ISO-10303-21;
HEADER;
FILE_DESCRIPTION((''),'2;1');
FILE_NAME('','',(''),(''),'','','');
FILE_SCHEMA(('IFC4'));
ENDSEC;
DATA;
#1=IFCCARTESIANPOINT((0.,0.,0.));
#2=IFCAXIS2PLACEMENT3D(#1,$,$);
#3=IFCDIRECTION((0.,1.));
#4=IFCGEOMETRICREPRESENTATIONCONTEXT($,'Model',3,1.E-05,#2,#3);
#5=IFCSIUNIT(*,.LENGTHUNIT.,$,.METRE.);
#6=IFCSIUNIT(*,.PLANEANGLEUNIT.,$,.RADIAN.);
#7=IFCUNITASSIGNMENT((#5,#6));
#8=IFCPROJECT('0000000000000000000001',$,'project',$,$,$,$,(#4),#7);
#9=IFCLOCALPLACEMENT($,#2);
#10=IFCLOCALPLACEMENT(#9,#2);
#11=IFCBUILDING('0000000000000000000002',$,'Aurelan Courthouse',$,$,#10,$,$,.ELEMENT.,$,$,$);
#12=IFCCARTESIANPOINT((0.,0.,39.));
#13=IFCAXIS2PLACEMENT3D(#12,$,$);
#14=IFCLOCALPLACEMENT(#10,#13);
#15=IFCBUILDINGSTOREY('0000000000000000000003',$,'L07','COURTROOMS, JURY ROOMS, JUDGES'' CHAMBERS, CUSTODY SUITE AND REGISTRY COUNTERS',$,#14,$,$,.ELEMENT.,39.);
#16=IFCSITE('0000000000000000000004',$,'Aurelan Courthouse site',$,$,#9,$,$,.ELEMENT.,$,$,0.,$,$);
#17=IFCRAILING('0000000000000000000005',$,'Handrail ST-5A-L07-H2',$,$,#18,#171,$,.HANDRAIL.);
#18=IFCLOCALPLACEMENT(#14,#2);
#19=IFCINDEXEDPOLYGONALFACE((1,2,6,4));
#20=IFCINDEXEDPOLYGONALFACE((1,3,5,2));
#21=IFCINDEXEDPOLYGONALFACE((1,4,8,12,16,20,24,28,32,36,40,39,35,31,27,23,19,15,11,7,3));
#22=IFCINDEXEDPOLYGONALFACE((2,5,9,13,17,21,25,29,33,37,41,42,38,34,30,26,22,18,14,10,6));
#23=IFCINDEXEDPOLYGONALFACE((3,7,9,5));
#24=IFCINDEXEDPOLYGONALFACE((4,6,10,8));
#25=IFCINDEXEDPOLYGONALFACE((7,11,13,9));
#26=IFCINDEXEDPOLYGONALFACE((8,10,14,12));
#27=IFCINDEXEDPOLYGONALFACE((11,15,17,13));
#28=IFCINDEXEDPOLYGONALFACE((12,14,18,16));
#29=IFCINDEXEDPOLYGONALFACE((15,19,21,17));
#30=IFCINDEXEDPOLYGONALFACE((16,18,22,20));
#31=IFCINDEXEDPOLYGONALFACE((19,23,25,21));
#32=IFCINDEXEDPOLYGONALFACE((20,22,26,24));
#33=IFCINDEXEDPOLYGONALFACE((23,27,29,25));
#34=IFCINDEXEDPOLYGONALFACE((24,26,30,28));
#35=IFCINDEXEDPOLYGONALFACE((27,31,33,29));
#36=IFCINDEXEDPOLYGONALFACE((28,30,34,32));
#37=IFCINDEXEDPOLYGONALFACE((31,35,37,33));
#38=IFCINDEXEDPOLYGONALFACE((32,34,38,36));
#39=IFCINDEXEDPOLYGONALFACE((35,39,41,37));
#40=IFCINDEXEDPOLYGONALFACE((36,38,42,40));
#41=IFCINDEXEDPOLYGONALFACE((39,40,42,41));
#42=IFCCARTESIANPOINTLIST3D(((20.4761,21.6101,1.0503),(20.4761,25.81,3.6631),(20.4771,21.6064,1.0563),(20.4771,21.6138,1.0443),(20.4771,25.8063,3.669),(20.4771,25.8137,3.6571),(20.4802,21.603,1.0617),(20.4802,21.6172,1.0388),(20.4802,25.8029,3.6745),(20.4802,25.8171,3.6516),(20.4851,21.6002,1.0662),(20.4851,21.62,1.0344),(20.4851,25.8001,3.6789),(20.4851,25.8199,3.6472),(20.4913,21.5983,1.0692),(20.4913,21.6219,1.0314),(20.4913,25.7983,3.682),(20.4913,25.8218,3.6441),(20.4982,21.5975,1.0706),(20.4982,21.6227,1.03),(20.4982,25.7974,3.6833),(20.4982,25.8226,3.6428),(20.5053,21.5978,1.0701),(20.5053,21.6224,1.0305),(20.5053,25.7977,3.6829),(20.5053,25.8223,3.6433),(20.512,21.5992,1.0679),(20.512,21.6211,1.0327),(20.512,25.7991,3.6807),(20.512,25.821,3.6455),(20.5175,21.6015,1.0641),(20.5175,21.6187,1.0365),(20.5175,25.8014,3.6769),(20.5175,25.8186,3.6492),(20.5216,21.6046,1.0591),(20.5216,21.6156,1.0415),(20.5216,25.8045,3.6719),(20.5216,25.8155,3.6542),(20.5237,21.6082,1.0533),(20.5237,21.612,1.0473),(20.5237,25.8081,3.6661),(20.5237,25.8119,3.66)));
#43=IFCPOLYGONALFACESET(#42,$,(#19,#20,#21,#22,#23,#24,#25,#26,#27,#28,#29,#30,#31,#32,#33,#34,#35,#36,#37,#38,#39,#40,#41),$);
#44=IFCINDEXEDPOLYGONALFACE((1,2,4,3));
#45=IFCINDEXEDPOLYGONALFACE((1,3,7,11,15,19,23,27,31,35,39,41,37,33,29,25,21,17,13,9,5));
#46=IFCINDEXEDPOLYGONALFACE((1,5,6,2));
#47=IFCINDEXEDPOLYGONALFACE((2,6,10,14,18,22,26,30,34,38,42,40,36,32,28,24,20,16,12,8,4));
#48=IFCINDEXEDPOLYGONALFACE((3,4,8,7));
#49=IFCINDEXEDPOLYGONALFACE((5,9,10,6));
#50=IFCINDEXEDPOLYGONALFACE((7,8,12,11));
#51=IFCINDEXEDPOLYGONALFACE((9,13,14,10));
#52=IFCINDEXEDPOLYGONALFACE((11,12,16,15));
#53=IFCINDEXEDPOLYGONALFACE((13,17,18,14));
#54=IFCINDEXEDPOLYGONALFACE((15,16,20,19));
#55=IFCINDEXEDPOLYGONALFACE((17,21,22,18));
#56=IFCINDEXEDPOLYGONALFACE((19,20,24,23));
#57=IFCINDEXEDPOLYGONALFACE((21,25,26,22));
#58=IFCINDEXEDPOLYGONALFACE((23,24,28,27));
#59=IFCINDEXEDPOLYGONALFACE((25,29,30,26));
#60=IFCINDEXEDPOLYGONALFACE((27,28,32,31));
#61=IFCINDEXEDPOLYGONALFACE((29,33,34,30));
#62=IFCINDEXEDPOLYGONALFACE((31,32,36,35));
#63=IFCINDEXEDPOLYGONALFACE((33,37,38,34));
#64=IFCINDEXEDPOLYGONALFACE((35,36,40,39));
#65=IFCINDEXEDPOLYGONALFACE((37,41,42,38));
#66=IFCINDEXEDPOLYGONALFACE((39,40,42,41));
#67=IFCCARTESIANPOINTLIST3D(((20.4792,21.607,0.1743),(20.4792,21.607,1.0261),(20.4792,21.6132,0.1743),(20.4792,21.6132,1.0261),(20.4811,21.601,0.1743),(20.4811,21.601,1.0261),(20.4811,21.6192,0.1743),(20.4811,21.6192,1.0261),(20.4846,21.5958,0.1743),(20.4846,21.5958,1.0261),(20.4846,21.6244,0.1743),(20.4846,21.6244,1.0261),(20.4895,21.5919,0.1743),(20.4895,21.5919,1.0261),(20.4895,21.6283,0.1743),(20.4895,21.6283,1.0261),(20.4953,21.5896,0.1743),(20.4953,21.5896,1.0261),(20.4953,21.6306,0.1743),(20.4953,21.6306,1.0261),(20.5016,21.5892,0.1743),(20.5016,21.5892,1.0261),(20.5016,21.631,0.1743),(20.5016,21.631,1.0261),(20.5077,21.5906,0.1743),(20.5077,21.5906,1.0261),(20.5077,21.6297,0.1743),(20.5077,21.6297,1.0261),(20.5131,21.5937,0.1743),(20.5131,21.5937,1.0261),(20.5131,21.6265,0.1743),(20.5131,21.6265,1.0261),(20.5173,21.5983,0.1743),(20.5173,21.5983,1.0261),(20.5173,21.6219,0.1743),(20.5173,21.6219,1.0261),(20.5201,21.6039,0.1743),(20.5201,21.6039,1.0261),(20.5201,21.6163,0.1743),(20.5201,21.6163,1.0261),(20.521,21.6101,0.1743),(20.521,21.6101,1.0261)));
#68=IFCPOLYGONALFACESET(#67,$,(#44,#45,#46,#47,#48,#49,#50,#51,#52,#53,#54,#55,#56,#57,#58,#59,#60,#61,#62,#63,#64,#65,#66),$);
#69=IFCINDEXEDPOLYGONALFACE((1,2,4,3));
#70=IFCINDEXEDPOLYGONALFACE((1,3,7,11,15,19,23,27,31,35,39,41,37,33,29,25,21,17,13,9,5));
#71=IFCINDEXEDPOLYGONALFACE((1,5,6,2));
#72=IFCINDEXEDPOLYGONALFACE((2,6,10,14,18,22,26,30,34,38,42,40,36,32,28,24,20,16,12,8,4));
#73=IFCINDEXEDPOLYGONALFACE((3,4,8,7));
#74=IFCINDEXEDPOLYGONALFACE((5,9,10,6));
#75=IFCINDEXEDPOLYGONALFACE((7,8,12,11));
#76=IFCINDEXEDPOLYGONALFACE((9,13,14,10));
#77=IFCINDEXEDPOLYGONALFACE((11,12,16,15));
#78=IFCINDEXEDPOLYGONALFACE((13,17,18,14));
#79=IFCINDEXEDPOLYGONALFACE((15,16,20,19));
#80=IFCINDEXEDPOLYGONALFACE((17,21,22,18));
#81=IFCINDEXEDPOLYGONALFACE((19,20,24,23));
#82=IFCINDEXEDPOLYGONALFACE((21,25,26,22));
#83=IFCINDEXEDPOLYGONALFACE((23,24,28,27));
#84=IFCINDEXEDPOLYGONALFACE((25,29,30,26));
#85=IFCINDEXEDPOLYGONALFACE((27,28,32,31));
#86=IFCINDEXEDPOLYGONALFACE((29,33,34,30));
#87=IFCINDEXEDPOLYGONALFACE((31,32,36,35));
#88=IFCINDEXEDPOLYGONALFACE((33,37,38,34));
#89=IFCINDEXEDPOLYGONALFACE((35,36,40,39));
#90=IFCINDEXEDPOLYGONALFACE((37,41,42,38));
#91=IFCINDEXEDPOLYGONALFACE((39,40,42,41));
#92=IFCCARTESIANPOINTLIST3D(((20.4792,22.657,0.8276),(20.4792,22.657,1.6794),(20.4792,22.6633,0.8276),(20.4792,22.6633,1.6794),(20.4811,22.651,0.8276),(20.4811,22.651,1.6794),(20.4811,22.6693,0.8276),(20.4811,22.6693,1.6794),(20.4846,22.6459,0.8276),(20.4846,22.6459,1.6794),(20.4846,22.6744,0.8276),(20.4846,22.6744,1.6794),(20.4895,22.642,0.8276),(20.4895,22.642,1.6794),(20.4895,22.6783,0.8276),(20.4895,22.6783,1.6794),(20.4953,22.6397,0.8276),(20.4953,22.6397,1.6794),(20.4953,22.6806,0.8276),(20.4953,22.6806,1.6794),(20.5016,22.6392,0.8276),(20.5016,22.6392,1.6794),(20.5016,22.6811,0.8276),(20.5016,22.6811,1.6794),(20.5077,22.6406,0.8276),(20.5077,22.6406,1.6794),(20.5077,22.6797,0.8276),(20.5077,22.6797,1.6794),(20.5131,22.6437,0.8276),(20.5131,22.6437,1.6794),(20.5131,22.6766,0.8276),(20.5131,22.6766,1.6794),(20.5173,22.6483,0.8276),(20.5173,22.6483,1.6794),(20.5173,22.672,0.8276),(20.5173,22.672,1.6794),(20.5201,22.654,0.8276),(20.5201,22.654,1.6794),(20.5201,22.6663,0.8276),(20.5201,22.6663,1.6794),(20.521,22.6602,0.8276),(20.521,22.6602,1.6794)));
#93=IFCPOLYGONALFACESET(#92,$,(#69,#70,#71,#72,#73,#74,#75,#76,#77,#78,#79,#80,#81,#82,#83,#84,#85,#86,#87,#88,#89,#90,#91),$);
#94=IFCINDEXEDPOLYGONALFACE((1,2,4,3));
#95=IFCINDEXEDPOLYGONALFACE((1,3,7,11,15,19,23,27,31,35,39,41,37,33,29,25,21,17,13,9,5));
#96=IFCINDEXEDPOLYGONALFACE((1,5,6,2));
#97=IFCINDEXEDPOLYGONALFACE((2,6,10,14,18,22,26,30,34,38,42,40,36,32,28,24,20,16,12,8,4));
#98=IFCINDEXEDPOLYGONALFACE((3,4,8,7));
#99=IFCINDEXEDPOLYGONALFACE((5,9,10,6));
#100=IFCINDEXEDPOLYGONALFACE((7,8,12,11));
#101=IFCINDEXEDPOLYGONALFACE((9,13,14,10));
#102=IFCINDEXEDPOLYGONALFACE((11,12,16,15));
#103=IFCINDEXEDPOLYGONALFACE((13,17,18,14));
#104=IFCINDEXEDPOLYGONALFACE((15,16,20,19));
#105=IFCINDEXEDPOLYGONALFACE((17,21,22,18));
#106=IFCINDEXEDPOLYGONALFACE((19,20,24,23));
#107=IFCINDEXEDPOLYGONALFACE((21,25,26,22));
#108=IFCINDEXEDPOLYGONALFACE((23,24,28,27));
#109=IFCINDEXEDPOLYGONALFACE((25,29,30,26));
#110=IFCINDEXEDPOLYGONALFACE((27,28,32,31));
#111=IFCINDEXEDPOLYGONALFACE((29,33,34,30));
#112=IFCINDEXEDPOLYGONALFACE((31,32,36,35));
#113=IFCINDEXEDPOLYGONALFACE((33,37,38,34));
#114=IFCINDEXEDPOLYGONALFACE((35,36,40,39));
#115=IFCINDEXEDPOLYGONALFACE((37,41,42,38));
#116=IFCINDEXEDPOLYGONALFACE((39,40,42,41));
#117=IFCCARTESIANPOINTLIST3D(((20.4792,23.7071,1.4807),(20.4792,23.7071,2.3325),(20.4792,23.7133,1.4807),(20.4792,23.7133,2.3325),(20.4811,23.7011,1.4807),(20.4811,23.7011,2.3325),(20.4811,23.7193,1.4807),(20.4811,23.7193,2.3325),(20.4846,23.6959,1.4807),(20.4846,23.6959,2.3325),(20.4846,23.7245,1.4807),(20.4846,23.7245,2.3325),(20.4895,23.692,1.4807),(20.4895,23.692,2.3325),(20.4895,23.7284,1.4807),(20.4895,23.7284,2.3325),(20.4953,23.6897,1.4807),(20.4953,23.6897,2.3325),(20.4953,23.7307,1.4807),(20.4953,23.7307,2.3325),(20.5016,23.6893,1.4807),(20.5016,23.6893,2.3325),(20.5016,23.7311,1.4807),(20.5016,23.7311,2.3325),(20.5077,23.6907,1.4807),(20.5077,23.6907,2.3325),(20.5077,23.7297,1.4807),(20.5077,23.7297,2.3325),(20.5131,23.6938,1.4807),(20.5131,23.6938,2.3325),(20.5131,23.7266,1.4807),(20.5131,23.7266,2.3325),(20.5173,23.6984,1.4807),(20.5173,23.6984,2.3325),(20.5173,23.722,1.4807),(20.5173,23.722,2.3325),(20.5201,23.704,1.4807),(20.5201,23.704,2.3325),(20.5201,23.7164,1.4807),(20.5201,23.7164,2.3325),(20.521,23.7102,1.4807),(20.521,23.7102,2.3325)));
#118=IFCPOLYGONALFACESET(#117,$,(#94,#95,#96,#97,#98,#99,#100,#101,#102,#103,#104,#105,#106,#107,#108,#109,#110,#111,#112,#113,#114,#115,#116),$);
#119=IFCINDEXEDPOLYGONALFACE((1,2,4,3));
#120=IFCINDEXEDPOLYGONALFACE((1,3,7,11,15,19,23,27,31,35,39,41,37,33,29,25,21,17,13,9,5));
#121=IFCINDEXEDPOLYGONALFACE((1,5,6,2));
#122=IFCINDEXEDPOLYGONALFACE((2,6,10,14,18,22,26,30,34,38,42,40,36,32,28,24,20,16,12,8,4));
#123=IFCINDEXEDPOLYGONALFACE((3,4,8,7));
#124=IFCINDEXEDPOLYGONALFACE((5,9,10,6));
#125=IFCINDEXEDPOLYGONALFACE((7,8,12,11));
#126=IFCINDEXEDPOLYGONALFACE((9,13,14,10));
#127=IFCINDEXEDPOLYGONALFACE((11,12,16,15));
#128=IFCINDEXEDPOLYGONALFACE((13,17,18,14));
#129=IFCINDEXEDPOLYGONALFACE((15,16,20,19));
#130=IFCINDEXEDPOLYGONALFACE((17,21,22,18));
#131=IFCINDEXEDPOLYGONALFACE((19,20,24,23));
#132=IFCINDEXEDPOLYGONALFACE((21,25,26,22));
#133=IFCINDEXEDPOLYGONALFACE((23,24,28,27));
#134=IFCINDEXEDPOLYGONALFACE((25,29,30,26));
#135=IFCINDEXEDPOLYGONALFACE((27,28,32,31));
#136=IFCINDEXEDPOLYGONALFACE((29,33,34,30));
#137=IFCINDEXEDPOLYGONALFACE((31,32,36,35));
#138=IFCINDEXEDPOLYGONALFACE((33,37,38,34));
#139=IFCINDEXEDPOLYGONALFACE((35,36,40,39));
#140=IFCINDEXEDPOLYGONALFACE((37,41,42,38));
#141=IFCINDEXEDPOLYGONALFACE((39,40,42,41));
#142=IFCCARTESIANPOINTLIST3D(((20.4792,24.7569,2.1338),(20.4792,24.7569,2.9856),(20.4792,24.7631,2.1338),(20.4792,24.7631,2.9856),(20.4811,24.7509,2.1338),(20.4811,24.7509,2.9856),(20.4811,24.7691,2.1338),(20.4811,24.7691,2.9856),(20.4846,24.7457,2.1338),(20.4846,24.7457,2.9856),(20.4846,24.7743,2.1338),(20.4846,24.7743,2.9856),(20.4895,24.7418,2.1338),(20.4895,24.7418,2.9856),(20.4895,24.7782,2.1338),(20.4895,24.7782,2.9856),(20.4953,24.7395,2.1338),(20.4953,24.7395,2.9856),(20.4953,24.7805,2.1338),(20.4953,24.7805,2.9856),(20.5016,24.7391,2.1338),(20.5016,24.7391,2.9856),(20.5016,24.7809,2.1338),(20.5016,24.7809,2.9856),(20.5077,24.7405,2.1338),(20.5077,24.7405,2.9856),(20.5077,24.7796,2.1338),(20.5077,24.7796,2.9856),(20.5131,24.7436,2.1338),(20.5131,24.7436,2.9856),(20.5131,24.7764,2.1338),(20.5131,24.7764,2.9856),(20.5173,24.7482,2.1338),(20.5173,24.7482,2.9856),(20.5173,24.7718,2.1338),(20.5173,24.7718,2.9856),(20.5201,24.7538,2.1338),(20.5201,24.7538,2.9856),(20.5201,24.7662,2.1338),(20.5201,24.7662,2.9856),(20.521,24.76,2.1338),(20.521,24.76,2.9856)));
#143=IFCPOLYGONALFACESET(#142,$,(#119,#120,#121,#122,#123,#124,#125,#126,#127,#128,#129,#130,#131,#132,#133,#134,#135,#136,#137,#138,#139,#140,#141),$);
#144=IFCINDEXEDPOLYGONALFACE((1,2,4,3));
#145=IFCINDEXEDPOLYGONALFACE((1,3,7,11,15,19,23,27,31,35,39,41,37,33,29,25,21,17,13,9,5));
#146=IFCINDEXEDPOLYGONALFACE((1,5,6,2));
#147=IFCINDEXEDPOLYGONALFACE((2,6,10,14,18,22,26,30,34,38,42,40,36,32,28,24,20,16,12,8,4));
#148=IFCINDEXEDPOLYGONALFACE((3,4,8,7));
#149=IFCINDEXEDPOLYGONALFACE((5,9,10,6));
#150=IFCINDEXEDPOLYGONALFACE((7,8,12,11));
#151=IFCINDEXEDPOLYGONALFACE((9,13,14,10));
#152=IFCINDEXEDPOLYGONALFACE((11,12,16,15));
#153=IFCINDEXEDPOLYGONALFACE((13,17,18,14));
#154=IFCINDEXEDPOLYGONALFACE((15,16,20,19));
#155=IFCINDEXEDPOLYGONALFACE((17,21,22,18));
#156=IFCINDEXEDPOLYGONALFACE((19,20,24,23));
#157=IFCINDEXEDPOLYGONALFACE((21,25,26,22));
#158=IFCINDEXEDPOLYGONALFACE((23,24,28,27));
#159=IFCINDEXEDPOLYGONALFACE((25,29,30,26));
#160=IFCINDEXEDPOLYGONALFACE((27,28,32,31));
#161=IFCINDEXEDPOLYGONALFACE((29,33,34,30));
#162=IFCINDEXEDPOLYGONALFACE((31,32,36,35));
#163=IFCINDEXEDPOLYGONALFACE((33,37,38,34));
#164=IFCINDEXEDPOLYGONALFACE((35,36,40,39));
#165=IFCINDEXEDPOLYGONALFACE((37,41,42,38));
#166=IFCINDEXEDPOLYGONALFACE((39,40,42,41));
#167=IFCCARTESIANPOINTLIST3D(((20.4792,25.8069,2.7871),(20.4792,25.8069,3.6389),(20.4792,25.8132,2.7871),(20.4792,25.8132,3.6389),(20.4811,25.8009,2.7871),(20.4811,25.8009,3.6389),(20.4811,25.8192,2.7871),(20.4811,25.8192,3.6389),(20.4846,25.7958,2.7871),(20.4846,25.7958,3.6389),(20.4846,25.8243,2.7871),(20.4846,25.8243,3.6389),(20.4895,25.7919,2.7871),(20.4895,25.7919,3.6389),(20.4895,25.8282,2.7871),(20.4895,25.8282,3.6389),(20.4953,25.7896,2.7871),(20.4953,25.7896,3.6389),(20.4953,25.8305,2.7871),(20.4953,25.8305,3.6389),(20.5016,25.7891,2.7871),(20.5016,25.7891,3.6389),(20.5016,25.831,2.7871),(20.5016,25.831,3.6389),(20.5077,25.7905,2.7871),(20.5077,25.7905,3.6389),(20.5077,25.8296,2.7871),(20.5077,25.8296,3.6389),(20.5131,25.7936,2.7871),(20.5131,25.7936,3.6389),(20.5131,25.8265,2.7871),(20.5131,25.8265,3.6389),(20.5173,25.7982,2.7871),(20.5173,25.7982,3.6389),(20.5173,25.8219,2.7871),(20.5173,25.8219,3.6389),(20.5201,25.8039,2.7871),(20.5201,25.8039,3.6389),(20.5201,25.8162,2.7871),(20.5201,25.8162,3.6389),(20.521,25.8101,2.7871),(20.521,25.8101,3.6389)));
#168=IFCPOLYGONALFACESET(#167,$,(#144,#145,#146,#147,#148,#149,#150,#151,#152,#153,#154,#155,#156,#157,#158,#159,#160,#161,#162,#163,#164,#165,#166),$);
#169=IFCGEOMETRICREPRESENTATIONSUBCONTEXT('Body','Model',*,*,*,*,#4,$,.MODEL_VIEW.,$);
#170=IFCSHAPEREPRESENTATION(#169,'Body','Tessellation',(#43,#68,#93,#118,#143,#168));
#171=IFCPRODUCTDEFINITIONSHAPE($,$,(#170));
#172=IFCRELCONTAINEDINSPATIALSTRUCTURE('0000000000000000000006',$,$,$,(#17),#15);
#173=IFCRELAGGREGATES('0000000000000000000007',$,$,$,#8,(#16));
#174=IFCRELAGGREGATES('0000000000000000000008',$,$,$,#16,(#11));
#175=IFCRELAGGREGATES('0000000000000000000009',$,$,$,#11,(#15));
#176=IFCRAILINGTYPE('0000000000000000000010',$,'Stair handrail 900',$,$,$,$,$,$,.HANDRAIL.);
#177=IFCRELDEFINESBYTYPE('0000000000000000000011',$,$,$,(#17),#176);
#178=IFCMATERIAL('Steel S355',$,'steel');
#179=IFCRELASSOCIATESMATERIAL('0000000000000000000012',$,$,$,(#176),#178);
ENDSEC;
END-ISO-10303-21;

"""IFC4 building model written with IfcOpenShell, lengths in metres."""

from ifc_helpers import new_model, si_unit, direction, frame, origin, origin_2d, place, context, subcontext, project, spatial, circle, extrude, material, type_object, element, save


model = new_model("IFC4")

# Units and contexts
model_context = context("Model", 3, precision=1e-05, world=origin(), true_north=direction((0.0, 1.0)))
body_context = subcontext(model_context, "Body", "Model", "MODEL_VIEW")
ifc_project = project(units=[si_unit("LENGTHUNIT", "METRE"), si_unit("PLANEANGLEUNIT", "RADIAN")], contexts=[model_context])

# Site, building, storey
site_placement = place(None, origin())
site = spatial("IfcSite", under=ifc_project, at=site_placement, Name="Aurelan Courthouse site", CompositionType="ELEMENT", RefElevation=0.0)
building_placement = place(site_placement, origin())
building = spatial("IfcBuilding", under=site, at=building_placement, Name="Aurelan Courthouse", CompositionType="ELEMENT")
storey_placement = place(building_placement, frame((0.0, 0.0, 39.0)))
storey = spatial("IfcBuildingStorey", under=building, at=storey_placement, Name="L07", Description="COURTROOMS, JURY ROOMS, JUDGES' CHAMBERS, CUSTODY SUITE AND REGISTRY COUNTERS", CompositionType="ELEMENT", Elevation=39.0)

# Railing
ifc_material_1 = material(Name="Steel S355", Category="steel")
railing_type_1 = type_object("IfcRailingType", Name="Stair handrail 900", PredefinedType="HANDRAIL", material=ifc_material_1)
for number, where, name in (
    (1, (20.5, 21.6101, 0.1743), "Handrail ST-5A-L07-H2"),
):
    element("IfcRailing", number, at=place(storey_placement, frame(where)), inside=storey, type_object=railing_type_1, Name=name, PredefinedType="HANDRAIL", context=body_context, shape_type="SweptSolid", body=[
        extrude(circle(Radius=0.0239, at=origin_2d()), frame((0.0, 0.0, 0.876), z_axis=(0.0, 0.849103, 0.528228), x_axis=(-1.0, 0.0, 0.0)), (0.0, 0.0, 1.0), 4.9463),
        extrude(circle(Radius=0.021, at=origin_2d()), origin(), (0.0, 0.0, 1.0), 0.8518),
        extrude(circle(Radius=0.021, at=origin_2d()), frame((0.0, 1.05, 0.6533)), (0.0, 0.0, 1.0), 0.8518),
        extrude(circle(Radius=0.021, at=origin_2d()), frame((0.0, 2.1001, 1.3064)), (0.0, 0.0, 1.0), 0.8518),
        extrude(circle(Radius=0.021, at=origin_2d()), frame((0.0, 3.1499, 1.9595)), (0.0, 0.0, 1.0), 0.8518),
        extrude(circle(Radius=0.021, at=origin_2d()), frame((0.0, 4.2, 2.6128)), (0.0, 0.0, 1.0), 0.8518),
    ])

save(model, "model.ifc")
